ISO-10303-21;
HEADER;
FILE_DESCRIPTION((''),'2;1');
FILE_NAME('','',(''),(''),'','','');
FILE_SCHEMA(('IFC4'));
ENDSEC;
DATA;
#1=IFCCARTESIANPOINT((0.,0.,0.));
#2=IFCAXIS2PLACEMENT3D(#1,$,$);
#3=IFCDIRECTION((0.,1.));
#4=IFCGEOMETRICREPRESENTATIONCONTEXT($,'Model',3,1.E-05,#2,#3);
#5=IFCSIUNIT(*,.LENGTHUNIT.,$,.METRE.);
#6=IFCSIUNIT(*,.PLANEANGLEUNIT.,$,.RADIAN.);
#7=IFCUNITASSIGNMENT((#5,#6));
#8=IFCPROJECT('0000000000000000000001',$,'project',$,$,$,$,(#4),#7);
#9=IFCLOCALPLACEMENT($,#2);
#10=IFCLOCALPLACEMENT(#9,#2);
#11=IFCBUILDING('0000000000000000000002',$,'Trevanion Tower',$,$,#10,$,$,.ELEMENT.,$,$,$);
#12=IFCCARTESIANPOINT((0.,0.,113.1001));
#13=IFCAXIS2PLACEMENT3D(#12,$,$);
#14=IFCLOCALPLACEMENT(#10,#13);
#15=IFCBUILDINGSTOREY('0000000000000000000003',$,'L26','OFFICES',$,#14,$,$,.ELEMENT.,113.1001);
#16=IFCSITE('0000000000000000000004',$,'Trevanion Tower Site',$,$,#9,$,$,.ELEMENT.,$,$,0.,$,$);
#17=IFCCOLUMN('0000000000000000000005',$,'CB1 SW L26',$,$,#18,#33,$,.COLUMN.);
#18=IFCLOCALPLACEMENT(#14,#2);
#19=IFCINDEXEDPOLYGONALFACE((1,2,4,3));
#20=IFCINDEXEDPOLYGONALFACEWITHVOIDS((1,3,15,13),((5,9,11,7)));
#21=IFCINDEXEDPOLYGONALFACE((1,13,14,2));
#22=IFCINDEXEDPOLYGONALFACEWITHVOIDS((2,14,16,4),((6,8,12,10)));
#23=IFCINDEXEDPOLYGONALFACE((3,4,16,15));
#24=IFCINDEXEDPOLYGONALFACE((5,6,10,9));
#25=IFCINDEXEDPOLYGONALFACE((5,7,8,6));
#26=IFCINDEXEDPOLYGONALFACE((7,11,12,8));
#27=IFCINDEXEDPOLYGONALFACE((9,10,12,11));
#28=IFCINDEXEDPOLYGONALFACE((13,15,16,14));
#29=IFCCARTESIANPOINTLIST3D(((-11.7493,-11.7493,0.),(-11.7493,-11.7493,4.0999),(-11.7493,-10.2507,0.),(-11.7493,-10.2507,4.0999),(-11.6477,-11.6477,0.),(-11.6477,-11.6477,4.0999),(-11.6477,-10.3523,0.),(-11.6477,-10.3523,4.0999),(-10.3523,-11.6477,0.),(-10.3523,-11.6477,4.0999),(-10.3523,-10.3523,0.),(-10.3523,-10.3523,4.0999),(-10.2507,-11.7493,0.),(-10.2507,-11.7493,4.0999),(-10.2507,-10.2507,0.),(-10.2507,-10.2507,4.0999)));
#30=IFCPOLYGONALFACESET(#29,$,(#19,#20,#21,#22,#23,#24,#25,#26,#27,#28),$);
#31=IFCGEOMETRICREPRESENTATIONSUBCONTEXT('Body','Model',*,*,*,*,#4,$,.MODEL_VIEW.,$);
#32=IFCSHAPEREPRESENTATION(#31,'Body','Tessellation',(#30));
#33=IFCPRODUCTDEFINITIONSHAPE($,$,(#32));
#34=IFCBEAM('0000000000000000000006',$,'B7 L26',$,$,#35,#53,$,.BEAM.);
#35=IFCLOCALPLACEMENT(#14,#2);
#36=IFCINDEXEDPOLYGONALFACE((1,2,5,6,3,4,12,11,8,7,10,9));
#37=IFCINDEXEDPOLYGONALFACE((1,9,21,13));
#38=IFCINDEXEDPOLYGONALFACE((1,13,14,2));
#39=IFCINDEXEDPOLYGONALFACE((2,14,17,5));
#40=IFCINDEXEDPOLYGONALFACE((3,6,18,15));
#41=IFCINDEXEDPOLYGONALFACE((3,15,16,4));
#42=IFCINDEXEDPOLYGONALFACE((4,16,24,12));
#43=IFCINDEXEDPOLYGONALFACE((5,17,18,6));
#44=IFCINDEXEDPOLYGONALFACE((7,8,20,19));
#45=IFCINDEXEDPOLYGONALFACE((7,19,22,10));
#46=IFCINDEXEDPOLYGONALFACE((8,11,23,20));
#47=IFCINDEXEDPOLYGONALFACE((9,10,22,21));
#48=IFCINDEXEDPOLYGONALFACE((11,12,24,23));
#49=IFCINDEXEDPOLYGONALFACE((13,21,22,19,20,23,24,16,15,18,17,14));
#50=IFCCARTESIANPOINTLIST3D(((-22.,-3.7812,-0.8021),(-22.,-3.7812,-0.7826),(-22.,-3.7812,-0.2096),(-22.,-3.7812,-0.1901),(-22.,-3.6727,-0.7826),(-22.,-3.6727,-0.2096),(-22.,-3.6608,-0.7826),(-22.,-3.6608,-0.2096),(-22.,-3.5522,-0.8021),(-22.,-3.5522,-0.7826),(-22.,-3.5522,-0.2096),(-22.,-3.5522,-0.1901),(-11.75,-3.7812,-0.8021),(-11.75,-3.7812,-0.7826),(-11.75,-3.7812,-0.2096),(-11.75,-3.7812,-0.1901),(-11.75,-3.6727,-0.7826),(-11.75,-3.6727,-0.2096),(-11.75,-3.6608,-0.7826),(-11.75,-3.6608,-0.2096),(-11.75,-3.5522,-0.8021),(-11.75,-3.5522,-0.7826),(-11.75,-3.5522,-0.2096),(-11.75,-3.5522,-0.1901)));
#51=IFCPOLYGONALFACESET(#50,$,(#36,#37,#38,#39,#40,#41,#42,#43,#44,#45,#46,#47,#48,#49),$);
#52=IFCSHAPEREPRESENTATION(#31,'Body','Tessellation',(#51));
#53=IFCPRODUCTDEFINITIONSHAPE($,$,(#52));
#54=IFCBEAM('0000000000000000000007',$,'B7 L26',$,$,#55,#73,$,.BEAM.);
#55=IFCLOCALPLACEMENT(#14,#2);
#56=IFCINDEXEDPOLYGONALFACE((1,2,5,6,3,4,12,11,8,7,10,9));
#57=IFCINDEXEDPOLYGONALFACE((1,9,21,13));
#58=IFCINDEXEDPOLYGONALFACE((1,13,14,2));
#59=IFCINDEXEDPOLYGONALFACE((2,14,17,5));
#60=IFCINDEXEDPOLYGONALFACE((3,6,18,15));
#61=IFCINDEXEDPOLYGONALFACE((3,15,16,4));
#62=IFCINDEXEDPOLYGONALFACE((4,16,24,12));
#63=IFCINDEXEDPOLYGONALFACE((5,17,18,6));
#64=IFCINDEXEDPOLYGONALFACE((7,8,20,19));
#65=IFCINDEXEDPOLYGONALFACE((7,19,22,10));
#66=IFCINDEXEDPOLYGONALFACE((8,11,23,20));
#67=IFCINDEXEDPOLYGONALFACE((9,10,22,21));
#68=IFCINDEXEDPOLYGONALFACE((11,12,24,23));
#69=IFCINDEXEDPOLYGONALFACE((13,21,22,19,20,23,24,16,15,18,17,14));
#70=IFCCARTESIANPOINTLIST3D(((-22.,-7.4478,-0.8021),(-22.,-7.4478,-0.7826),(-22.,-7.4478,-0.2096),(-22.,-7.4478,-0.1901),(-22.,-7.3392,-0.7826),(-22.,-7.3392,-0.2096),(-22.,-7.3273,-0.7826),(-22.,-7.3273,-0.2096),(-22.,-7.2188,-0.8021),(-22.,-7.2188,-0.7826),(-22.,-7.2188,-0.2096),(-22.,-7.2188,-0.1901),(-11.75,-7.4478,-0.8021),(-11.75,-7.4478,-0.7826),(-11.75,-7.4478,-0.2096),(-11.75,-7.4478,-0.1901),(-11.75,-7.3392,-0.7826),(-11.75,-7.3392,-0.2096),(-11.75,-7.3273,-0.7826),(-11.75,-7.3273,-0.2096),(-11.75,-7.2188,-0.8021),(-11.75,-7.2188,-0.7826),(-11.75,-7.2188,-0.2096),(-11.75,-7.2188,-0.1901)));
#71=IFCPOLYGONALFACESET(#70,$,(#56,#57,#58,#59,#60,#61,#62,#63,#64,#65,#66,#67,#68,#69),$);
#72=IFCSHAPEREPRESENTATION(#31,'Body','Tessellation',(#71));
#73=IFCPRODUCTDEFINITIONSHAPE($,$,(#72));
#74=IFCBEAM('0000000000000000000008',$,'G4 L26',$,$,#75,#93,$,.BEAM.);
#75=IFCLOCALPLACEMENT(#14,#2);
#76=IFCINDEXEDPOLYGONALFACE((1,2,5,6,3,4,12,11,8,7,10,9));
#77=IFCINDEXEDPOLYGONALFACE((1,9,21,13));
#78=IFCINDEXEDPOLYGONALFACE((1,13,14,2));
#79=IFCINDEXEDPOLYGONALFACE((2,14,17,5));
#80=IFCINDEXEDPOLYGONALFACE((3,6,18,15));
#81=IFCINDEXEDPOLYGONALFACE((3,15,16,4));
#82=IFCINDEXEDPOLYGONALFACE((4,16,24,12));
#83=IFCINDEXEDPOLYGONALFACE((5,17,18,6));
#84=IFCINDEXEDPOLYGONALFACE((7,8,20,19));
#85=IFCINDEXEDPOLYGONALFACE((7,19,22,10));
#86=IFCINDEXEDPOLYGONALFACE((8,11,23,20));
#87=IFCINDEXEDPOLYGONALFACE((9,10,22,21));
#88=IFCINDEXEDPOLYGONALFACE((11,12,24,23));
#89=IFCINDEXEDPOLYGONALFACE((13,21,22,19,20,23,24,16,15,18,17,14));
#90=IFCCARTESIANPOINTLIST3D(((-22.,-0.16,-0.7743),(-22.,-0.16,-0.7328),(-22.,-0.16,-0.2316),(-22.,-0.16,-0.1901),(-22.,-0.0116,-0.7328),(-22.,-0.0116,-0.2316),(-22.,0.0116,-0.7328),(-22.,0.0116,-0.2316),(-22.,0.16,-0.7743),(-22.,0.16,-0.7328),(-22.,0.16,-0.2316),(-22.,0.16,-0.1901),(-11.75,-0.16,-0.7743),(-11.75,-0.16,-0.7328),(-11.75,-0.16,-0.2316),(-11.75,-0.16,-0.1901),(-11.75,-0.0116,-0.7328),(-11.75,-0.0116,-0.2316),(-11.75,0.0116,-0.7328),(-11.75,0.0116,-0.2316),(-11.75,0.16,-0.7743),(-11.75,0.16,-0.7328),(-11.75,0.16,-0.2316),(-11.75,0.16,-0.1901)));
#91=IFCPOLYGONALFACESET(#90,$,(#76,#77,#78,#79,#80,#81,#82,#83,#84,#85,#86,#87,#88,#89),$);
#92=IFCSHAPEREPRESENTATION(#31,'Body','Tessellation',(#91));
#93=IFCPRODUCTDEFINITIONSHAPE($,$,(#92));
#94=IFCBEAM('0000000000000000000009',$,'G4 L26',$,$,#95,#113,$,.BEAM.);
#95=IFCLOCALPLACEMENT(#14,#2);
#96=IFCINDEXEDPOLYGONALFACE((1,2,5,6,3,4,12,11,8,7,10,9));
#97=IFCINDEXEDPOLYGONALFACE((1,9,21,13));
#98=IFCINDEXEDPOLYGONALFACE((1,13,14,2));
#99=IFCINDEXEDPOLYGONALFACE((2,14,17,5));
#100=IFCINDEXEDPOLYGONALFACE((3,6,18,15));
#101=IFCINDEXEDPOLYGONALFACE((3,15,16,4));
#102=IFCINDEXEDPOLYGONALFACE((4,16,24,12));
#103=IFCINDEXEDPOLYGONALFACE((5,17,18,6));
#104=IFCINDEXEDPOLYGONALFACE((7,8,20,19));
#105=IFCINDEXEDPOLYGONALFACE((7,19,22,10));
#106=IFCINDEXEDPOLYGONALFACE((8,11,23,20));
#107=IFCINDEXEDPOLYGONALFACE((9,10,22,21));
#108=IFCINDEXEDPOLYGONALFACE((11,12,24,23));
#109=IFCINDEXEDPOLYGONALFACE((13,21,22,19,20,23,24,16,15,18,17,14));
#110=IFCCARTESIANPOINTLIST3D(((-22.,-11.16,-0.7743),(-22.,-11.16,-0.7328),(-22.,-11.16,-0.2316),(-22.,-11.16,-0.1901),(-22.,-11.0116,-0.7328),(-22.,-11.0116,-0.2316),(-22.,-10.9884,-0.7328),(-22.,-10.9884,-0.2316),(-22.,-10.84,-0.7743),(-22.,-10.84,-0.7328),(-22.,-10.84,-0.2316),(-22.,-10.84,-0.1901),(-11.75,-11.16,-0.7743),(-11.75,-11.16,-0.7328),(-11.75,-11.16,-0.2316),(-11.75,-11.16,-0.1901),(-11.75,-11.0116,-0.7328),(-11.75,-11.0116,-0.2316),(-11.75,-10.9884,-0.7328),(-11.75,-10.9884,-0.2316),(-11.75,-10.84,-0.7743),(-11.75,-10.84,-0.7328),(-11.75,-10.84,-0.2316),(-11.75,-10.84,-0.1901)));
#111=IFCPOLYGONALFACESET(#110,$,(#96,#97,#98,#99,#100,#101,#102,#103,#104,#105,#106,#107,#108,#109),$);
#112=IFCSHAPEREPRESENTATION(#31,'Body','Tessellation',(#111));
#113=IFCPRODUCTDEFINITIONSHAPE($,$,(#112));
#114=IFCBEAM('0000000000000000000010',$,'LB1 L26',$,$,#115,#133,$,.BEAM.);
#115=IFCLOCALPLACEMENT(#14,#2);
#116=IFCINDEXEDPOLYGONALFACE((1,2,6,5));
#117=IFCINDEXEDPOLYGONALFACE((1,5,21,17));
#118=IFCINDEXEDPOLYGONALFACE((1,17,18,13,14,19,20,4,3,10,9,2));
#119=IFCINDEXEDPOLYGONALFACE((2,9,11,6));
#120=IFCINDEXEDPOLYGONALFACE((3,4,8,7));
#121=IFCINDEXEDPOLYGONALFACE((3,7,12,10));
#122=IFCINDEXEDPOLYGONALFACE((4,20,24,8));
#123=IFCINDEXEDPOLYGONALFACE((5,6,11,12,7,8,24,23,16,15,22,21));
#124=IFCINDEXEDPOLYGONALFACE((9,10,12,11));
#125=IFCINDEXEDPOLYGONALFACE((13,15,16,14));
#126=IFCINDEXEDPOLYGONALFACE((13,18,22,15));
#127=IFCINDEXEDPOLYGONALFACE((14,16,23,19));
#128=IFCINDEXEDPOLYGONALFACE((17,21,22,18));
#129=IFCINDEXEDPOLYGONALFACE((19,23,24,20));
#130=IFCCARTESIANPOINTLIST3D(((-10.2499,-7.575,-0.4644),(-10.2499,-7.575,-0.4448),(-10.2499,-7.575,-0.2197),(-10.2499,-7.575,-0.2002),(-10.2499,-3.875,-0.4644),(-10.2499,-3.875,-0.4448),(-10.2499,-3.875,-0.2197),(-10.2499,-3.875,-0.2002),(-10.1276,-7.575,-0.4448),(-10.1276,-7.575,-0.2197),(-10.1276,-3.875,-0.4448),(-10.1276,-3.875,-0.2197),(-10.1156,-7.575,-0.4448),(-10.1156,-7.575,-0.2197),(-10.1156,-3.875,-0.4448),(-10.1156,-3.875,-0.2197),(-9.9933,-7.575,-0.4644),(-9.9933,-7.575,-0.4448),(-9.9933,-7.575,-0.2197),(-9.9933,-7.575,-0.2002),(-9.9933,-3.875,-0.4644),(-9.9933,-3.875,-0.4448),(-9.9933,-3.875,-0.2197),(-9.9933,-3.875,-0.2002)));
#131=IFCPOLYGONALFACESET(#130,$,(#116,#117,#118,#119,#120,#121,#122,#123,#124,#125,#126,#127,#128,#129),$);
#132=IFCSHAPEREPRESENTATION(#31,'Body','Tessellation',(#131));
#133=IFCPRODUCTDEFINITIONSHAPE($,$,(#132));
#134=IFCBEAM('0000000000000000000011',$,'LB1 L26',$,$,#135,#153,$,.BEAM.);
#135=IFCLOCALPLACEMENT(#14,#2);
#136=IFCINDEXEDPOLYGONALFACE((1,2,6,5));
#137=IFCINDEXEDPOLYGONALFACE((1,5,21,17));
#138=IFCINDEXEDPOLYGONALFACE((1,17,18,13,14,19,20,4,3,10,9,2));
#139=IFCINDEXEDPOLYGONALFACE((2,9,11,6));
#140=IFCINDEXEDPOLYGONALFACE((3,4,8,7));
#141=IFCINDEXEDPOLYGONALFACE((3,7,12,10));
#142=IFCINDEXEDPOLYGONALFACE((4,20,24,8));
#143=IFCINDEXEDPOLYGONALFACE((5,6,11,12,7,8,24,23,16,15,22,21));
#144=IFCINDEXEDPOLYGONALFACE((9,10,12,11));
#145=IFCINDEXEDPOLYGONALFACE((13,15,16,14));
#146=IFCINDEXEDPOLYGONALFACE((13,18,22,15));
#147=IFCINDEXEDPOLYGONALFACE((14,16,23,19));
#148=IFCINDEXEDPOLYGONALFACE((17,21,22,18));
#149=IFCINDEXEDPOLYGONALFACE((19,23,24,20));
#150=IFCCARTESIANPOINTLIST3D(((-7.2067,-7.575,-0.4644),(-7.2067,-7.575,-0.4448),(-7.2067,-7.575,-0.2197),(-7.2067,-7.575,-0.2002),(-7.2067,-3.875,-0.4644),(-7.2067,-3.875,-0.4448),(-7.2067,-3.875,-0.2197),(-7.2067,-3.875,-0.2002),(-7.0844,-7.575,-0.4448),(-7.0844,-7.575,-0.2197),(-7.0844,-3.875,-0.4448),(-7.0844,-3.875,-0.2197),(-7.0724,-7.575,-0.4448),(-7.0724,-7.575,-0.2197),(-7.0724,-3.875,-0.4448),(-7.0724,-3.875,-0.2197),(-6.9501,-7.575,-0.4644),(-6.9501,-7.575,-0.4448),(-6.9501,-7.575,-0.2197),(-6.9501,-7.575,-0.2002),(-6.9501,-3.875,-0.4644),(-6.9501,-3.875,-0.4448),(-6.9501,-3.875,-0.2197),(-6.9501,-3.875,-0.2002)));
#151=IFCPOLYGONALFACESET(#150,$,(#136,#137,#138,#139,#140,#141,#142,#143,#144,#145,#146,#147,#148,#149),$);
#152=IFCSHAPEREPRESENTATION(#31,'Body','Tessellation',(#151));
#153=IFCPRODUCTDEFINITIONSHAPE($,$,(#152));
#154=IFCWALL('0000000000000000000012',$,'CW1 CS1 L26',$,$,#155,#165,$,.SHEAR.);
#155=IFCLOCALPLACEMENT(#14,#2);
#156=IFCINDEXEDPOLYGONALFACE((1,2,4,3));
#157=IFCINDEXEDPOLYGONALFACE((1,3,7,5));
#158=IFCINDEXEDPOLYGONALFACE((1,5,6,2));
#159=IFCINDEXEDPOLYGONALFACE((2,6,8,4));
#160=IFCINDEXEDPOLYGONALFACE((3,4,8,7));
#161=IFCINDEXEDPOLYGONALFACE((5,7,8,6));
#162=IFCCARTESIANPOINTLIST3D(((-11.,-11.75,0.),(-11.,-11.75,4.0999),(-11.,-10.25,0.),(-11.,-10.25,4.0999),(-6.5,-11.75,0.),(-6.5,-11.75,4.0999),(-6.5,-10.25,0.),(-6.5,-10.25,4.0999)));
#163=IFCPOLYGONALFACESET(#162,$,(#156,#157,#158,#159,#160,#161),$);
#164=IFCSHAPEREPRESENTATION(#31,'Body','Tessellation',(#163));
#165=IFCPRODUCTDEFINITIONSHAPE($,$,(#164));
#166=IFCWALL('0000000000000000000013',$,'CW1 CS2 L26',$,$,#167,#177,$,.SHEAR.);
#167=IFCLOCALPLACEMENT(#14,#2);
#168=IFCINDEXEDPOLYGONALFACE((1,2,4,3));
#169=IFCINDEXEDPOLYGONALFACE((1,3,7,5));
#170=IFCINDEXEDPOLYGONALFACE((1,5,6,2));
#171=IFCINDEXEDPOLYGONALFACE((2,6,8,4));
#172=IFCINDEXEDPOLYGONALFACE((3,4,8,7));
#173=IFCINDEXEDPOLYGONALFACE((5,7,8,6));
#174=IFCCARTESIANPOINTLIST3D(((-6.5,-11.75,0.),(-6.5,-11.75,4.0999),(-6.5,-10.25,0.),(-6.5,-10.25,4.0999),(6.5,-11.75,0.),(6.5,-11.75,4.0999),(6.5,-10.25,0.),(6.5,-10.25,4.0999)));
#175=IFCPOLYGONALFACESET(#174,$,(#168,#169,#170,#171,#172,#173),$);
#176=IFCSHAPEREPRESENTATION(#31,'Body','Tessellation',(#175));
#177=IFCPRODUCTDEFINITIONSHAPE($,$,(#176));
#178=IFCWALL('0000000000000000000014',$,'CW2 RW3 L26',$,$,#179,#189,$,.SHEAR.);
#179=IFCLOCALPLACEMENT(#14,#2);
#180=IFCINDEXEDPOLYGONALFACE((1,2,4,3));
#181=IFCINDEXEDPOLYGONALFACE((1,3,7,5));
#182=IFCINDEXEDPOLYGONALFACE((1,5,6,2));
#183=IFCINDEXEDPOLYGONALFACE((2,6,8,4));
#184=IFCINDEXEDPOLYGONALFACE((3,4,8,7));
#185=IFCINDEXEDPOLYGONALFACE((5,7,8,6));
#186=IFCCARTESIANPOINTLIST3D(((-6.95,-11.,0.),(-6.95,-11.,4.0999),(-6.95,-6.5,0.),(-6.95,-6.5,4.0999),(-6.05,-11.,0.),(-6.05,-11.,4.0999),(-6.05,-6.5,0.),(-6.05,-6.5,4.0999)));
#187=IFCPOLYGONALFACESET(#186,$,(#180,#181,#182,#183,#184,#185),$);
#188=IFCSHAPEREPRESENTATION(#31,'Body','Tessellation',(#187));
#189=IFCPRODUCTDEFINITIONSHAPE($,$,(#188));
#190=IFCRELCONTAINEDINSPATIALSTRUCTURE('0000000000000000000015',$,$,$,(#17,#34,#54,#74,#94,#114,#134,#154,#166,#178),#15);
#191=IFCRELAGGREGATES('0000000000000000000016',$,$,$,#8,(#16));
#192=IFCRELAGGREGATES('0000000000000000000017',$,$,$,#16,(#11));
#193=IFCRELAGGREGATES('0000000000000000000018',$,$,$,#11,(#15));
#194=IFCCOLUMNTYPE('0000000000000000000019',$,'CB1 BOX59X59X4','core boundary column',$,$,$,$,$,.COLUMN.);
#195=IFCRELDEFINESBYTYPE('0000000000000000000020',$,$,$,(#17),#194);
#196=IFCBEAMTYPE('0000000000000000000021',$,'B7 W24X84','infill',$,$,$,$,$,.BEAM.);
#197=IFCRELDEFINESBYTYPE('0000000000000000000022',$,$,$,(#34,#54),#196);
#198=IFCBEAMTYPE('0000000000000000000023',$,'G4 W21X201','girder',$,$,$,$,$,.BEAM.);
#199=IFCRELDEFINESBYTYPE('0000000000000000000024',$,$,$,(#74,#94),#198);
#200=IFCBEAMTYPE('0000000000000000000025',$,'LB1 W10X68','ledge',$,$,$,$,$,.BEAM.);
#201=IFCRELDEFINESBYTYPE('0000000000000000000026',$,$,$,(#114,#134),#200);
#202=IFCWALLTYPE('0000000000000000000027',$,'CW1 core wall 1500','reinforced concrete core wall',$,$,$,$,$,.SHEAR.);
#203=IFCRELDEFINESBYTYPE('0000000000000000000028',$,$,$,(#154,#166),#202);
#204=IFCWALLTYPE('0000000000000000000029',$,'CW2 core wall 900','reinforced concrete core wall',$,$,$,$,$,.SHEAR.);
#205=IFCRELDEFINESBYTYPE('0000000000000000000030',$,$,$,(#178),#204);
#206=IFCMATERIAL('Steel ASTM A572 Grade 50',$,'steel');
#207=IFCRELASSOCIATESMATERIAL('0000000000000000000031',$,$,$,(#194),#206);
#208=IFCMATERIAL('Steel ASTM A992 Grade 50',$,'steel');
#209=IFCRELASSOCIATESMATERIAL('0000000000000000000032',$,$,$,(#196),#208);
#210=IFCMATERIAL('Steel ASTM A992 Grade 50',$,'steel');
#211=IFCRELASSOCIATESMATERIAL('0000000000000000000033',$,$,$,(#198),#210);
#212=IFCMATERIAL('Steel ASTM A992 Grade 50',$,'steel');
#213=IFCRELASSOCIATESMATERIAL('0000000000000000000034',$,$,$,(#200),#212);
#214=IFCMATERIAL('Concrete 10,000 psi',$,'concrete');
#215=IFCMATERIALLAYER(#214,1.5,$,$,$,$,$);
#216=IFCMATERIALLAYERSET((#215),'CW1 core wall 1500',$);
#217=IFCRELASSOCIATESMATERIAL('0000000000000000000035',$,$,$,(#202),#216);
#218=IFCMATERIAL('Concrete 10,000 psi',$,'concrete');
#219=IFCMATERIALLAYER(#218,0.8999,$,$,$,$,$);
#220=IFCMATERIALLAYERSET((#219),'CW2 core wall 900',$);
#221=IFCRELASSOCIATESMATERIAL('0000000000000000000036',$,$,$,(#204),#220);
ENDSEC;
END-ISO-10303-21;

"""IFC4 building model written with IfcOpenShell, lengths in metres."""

from ifc_helpers import new_model, si_unit, direction, frame, frame_2d, origin, origin_2d, place, context, subcontext, project, spatial, rectangle, hollow_rectangle, i_section, extrude, material, layer, layer_set, material_profile, profile_set, type_object, element, save


model = new_model("IFC4")

# Units and contexts
model_context = context("Model", 3, precision=1e-05, world=origin(), true_north=direction((0.0, 1.0)))
body_context = subcontext(model_context, "Body", "Model", "MODEL_VIEW")
ifc_project = project(units=[si_unit("LENGTHUNIT", "METRE"), si_unit("PLANEANGLEUNIT", "RADIAN")], contexts=[model_context])

# Site, building, storey
site_placement = place(None, origin())
site = spatial("IfcSite", under=ifc_project, at=site_placement, Name="Trevanion Tower Site", CompositionType="ELEMENT", RefElevation=0.0)
building_placement = place(site_placement, origin())
building = spatial("IfcBuilding", under=site, at=building_placement, Name="Trevanion Tower", CompositionType="ELEMENT")
storey_placement = place(building_placement, frame((0.0, 0.0, 113.1001)))
storey = spatial("IfcBuildingStorey", under=building, at=storey_placement, Name="L26", Description="OFFICES", CompositionType="ELEMENT", Elevation=113.1001)

# Column
ifc_material_1 = material(Name="Steel ASTM A572 Grade 50", Category="steel")
ifc_material_profile_1 = material_profile(ifc_material_1, hollow_rectangle(XDim=1.4985, YDim=1.4985, WallThickness=0.1016, at=origin_2d()), Name="BOX59X59X4")
ifc_profile_set_1 = profile_set([ifc_material_profile_1], Name="Steel ASTM A572 Grade 50")
column_type = type_object("IfcColumnType", Name="CB1 BOX59X59X4", Description="core boundary column", PredefinedType="COLUMN", material=ifc_profile_set_1)
column_placement = place(storey_placement, frame((-11.0, -11.0, 0.0), z_axis=(0.0, 0.0, 1.0), x_axis=(1.0, 0.0, 0.0)))
element("IfcColumn", 1, at=column_placement, inside=storey, type_object=column_type, Name="CB1 SW L26", PredefinedType="COLUMN", context=body_context, shape_type="SweptSolid", body=[
    extrude(hollow_rectangle(XDim=1.4985, YDim=1.4985, WallThickness=0.1016, at=origin_2d()), origin(), (0.0, 0.0, 1.0), 4.0999),
])

# Beams
ifc_material_2 = material(Name="Steel ASTM A992 Grade 50", Category="steel")
ifc_material_profile_2 = material_profile(ifc_material_2, i_section(OverallWidth=0.229, OverallDepth=0.6121, WebThickness=0.012, FlangeThickness=0.0195, at=origin_2d()), Name="W24X84")
ifc_profile_set_2 = profile_set([ifc_material_profile_2], Name="Steel ASTM A992 Grade 50")
beam_type_1 = type_object("IfcBeamType", Name="B7 W24X84", Description="infill", PredefinedType="BEAM", material=ifc_profile_set_2)
for number, where, z_axis, x_axis, name in (
    (2, (-11.75, -3.6667, -0.4961), (-1.0, 0.0, 0.0), (0.0, -1.0, 0.0), "B7 L26"),
    (3, (-11.75, -7.3333, -0.4961), (-1.0, 0.0, 0.0), (0.0, -1.0, 0.0), "B7 L26"),
):
    element("IfcBeam", number, at=place(storey_placement, frame(where, z_axis=z_axis, x_axis=x_axis)), inside=storey, type_object=beam_type_1, Name=name, PredefinedType="BEAM", context=body_context, shape_type="SweptSolid", body=[
        extrude(i_section(OverallWidth=0.229, OverallDepth=0.6121, WebThickness=0.012, FlangeThickness=0.0195, at=origin_2d()), origin(), (0.0, 0.0, 1.0), 10.25),
    ])
ifc_material_3 = material(Name="Steel ASTM A992 Grade 50", Category="steel")
ifc_material_profile_3 = material_profile(ifc_material_3, i_section(OverallWidth=0.3201, OverallDepth=0.5842, WebThickness=0.0232, FlangeThickness=0.0415, at=origin_2d()), Name="W21X201")
ifc_profile_set_3 = profile_set([ifc_material_profile_3], Name="Steel ASTM A992 Grade 50")
beam_type_2 = type_object("IfcBeamType", Name="G4 W21X201", Description="girder", PredefinedType="BEAM", material=ifc_profile_set_3)
for number, where, z_axis, x_axis, name in (
    (4, (-11.75, 0.0, -0.4822), (-1.0, 0.0, 0.0), (0.0, -1.0, 0.0), "G4 L26"),
    (5, (-11.75, -11.0, -0.4822), (-1.0, 0.0, 0.0), (0.0, -1.0, 0.0), "G4 L26"),
):
    element("IfcBeam", number, at=place(storey_placement, frame(where, z_axis=z_axis, x_axis=x_axis)), inside=storey, type_object=beam_type_2, Name=name, PredefinedType="BEAM", context=body_context, shape_type="SweptSolid", body=[
        extrude(i_section(OverallWidth=0.3201, OverallDepth=0.5842, WebThickness=0.0232, FlangeThickness=0.0415, at=origin_2d()), origin(), (0.0, 0.0, 1.0), 10.25),
    ])
ifc_material_4 = material(Name="Steel ASTM A992 Grade 50", Category="steel")
ifc_material_profile_4 = material_profile(ifc_material_4, i_section(OverallWidth=0.2566, OverallDepth=0.2642, WebThickness=0.012, FlangeThickness=0.0195, at=origin_2d()), Name="W10X68")
ifc_profile_set_4 = profile_set([ifc_material_profile_4], Name="Steel ASTM A992 Grade 50")
beam_type_3 = type_object("IfcBeamType", Name="LB1 W10X68", Description="ledge", PredefinedType="BEAM", material=ifc_profile_set_4)
for number, where, z_axis, x_axis, name in (
    (6, (-10.1216, -7.575, -0.3323), (0.0, 1.0, 0.0), (-1.0, 0.0, 0.0), "LB1 L26"),
    (7, (-7.0784, -7.575, -0.3323), (0.0, 1.0, 0.0), (-1.0, 0.0, 0.0), "LB1 L26"),
):
    element("IfcBeam", number, at=place(storey_placement, frame(where, z_axis=z_axis, x_axis=x_axis)), inside=storey, type_object=beam_type_3, Name=name, PredefinedType="BEAM", context=body_context, shape_type="SweptSolid", body=[
        extrude(i_section(OverallWidth=0.2566, OverallDepth=0.2642, WebThickness=0.012, FlangeThickness=0.0195, at=origin_2d()), origin(), (0.0, 0.0, 1.0), 3.7),
    ])

# Walls
ifc_material_5 = material(Name="Concrete 10,000 psi", Category="concrete")
ifc_layer_1 = layer(ifc_material_5, 1.5)
ifc_layer_set_1 = layer_set([ifc_layer_1], Name="CW1 core wall 1500")
wall_type_1 = type_object("IfcWallType", Name="CW1 core wall 1500", Description="reinforced concrete core wall", PredefinedType="SHEAR", material=ifc_layer_set_1)
wall_1_placement = place(storey_placement, frame((-11.0, -11.0, 0.0), z_axis=(0.0, 0.0, 1.0), x_axis=(1.0, 0.0, 0.0)))
element("IfcWall", 8, at=wall_1_placement, inside=storey, type_object=wall_type_1, Name="CW1 CS1 L26", PredefinedType="SHEAR", context=body_context, shape_type="SweptSolid", body=[
    extrude(rectangle(XDim=4.5, YDim=1.5, at=frame_2d((2.25, 0.0))), origin(), (0.0, 0.0, 1.0), 4.0999),
])
wall_2_placement = place(storey_placement, frame((-6.5, -11.0, 0.0), z_axis=(0.0, 0.0, 1.0), x_axis=(1.0, 0.0, 0.0)))
element("IfcWall", 9, at=wall_2_placement, inside=storey, type_object=wall_type_1, Name="CW1 CS2 L26", PredefinedType="SHEAR", context=body_context, shape_type="SweptSolid", body=[
    extrude(rectangle(XDim=13.0, YDim=1.5, at=frame_2d((6.5, 0.0))), origin(), (0.0, 0.0, 1.0), 4.0999),
])
ifc_material_6 = material(Name="Concrete 10,000 psi", Category="concrete")
ifc_layer_2 = layer(ifc_material_6, 0.8999)
ifc_layer_set_2 = layer_set([ifc_layer_2], Name="CW2 core wall 900")
wall_type_2 = type_object("IfcWallType", Name="CW2 core wall 900", Description="reinforced concrete core wall", PredefinedType="SHEAR", material=ifc_layer_set_2)
wall_3_placement = place(storey_placement, frame((-6.5, -6.5, 0.0), z_axis=(0.0, 0.0, 1.0), x_axis=(0.0, -1.0, 0.0)))
element("IfcWall", 10, at=wall_3_placement, inside=storey, type_object=wall_type_2, Name="CW2 RW3 L26", PredefinedType="SHEAR", context=body_context, shape_type="SweptSolid", body=[
    extrude(rectangle(XDim=4.5, YDim=0.8999, at=frame_2d((2.25, 0.0))), origin(), (0.0, 0.0, 1.0), 4.0999),
])

save(model, "model.ifc")
